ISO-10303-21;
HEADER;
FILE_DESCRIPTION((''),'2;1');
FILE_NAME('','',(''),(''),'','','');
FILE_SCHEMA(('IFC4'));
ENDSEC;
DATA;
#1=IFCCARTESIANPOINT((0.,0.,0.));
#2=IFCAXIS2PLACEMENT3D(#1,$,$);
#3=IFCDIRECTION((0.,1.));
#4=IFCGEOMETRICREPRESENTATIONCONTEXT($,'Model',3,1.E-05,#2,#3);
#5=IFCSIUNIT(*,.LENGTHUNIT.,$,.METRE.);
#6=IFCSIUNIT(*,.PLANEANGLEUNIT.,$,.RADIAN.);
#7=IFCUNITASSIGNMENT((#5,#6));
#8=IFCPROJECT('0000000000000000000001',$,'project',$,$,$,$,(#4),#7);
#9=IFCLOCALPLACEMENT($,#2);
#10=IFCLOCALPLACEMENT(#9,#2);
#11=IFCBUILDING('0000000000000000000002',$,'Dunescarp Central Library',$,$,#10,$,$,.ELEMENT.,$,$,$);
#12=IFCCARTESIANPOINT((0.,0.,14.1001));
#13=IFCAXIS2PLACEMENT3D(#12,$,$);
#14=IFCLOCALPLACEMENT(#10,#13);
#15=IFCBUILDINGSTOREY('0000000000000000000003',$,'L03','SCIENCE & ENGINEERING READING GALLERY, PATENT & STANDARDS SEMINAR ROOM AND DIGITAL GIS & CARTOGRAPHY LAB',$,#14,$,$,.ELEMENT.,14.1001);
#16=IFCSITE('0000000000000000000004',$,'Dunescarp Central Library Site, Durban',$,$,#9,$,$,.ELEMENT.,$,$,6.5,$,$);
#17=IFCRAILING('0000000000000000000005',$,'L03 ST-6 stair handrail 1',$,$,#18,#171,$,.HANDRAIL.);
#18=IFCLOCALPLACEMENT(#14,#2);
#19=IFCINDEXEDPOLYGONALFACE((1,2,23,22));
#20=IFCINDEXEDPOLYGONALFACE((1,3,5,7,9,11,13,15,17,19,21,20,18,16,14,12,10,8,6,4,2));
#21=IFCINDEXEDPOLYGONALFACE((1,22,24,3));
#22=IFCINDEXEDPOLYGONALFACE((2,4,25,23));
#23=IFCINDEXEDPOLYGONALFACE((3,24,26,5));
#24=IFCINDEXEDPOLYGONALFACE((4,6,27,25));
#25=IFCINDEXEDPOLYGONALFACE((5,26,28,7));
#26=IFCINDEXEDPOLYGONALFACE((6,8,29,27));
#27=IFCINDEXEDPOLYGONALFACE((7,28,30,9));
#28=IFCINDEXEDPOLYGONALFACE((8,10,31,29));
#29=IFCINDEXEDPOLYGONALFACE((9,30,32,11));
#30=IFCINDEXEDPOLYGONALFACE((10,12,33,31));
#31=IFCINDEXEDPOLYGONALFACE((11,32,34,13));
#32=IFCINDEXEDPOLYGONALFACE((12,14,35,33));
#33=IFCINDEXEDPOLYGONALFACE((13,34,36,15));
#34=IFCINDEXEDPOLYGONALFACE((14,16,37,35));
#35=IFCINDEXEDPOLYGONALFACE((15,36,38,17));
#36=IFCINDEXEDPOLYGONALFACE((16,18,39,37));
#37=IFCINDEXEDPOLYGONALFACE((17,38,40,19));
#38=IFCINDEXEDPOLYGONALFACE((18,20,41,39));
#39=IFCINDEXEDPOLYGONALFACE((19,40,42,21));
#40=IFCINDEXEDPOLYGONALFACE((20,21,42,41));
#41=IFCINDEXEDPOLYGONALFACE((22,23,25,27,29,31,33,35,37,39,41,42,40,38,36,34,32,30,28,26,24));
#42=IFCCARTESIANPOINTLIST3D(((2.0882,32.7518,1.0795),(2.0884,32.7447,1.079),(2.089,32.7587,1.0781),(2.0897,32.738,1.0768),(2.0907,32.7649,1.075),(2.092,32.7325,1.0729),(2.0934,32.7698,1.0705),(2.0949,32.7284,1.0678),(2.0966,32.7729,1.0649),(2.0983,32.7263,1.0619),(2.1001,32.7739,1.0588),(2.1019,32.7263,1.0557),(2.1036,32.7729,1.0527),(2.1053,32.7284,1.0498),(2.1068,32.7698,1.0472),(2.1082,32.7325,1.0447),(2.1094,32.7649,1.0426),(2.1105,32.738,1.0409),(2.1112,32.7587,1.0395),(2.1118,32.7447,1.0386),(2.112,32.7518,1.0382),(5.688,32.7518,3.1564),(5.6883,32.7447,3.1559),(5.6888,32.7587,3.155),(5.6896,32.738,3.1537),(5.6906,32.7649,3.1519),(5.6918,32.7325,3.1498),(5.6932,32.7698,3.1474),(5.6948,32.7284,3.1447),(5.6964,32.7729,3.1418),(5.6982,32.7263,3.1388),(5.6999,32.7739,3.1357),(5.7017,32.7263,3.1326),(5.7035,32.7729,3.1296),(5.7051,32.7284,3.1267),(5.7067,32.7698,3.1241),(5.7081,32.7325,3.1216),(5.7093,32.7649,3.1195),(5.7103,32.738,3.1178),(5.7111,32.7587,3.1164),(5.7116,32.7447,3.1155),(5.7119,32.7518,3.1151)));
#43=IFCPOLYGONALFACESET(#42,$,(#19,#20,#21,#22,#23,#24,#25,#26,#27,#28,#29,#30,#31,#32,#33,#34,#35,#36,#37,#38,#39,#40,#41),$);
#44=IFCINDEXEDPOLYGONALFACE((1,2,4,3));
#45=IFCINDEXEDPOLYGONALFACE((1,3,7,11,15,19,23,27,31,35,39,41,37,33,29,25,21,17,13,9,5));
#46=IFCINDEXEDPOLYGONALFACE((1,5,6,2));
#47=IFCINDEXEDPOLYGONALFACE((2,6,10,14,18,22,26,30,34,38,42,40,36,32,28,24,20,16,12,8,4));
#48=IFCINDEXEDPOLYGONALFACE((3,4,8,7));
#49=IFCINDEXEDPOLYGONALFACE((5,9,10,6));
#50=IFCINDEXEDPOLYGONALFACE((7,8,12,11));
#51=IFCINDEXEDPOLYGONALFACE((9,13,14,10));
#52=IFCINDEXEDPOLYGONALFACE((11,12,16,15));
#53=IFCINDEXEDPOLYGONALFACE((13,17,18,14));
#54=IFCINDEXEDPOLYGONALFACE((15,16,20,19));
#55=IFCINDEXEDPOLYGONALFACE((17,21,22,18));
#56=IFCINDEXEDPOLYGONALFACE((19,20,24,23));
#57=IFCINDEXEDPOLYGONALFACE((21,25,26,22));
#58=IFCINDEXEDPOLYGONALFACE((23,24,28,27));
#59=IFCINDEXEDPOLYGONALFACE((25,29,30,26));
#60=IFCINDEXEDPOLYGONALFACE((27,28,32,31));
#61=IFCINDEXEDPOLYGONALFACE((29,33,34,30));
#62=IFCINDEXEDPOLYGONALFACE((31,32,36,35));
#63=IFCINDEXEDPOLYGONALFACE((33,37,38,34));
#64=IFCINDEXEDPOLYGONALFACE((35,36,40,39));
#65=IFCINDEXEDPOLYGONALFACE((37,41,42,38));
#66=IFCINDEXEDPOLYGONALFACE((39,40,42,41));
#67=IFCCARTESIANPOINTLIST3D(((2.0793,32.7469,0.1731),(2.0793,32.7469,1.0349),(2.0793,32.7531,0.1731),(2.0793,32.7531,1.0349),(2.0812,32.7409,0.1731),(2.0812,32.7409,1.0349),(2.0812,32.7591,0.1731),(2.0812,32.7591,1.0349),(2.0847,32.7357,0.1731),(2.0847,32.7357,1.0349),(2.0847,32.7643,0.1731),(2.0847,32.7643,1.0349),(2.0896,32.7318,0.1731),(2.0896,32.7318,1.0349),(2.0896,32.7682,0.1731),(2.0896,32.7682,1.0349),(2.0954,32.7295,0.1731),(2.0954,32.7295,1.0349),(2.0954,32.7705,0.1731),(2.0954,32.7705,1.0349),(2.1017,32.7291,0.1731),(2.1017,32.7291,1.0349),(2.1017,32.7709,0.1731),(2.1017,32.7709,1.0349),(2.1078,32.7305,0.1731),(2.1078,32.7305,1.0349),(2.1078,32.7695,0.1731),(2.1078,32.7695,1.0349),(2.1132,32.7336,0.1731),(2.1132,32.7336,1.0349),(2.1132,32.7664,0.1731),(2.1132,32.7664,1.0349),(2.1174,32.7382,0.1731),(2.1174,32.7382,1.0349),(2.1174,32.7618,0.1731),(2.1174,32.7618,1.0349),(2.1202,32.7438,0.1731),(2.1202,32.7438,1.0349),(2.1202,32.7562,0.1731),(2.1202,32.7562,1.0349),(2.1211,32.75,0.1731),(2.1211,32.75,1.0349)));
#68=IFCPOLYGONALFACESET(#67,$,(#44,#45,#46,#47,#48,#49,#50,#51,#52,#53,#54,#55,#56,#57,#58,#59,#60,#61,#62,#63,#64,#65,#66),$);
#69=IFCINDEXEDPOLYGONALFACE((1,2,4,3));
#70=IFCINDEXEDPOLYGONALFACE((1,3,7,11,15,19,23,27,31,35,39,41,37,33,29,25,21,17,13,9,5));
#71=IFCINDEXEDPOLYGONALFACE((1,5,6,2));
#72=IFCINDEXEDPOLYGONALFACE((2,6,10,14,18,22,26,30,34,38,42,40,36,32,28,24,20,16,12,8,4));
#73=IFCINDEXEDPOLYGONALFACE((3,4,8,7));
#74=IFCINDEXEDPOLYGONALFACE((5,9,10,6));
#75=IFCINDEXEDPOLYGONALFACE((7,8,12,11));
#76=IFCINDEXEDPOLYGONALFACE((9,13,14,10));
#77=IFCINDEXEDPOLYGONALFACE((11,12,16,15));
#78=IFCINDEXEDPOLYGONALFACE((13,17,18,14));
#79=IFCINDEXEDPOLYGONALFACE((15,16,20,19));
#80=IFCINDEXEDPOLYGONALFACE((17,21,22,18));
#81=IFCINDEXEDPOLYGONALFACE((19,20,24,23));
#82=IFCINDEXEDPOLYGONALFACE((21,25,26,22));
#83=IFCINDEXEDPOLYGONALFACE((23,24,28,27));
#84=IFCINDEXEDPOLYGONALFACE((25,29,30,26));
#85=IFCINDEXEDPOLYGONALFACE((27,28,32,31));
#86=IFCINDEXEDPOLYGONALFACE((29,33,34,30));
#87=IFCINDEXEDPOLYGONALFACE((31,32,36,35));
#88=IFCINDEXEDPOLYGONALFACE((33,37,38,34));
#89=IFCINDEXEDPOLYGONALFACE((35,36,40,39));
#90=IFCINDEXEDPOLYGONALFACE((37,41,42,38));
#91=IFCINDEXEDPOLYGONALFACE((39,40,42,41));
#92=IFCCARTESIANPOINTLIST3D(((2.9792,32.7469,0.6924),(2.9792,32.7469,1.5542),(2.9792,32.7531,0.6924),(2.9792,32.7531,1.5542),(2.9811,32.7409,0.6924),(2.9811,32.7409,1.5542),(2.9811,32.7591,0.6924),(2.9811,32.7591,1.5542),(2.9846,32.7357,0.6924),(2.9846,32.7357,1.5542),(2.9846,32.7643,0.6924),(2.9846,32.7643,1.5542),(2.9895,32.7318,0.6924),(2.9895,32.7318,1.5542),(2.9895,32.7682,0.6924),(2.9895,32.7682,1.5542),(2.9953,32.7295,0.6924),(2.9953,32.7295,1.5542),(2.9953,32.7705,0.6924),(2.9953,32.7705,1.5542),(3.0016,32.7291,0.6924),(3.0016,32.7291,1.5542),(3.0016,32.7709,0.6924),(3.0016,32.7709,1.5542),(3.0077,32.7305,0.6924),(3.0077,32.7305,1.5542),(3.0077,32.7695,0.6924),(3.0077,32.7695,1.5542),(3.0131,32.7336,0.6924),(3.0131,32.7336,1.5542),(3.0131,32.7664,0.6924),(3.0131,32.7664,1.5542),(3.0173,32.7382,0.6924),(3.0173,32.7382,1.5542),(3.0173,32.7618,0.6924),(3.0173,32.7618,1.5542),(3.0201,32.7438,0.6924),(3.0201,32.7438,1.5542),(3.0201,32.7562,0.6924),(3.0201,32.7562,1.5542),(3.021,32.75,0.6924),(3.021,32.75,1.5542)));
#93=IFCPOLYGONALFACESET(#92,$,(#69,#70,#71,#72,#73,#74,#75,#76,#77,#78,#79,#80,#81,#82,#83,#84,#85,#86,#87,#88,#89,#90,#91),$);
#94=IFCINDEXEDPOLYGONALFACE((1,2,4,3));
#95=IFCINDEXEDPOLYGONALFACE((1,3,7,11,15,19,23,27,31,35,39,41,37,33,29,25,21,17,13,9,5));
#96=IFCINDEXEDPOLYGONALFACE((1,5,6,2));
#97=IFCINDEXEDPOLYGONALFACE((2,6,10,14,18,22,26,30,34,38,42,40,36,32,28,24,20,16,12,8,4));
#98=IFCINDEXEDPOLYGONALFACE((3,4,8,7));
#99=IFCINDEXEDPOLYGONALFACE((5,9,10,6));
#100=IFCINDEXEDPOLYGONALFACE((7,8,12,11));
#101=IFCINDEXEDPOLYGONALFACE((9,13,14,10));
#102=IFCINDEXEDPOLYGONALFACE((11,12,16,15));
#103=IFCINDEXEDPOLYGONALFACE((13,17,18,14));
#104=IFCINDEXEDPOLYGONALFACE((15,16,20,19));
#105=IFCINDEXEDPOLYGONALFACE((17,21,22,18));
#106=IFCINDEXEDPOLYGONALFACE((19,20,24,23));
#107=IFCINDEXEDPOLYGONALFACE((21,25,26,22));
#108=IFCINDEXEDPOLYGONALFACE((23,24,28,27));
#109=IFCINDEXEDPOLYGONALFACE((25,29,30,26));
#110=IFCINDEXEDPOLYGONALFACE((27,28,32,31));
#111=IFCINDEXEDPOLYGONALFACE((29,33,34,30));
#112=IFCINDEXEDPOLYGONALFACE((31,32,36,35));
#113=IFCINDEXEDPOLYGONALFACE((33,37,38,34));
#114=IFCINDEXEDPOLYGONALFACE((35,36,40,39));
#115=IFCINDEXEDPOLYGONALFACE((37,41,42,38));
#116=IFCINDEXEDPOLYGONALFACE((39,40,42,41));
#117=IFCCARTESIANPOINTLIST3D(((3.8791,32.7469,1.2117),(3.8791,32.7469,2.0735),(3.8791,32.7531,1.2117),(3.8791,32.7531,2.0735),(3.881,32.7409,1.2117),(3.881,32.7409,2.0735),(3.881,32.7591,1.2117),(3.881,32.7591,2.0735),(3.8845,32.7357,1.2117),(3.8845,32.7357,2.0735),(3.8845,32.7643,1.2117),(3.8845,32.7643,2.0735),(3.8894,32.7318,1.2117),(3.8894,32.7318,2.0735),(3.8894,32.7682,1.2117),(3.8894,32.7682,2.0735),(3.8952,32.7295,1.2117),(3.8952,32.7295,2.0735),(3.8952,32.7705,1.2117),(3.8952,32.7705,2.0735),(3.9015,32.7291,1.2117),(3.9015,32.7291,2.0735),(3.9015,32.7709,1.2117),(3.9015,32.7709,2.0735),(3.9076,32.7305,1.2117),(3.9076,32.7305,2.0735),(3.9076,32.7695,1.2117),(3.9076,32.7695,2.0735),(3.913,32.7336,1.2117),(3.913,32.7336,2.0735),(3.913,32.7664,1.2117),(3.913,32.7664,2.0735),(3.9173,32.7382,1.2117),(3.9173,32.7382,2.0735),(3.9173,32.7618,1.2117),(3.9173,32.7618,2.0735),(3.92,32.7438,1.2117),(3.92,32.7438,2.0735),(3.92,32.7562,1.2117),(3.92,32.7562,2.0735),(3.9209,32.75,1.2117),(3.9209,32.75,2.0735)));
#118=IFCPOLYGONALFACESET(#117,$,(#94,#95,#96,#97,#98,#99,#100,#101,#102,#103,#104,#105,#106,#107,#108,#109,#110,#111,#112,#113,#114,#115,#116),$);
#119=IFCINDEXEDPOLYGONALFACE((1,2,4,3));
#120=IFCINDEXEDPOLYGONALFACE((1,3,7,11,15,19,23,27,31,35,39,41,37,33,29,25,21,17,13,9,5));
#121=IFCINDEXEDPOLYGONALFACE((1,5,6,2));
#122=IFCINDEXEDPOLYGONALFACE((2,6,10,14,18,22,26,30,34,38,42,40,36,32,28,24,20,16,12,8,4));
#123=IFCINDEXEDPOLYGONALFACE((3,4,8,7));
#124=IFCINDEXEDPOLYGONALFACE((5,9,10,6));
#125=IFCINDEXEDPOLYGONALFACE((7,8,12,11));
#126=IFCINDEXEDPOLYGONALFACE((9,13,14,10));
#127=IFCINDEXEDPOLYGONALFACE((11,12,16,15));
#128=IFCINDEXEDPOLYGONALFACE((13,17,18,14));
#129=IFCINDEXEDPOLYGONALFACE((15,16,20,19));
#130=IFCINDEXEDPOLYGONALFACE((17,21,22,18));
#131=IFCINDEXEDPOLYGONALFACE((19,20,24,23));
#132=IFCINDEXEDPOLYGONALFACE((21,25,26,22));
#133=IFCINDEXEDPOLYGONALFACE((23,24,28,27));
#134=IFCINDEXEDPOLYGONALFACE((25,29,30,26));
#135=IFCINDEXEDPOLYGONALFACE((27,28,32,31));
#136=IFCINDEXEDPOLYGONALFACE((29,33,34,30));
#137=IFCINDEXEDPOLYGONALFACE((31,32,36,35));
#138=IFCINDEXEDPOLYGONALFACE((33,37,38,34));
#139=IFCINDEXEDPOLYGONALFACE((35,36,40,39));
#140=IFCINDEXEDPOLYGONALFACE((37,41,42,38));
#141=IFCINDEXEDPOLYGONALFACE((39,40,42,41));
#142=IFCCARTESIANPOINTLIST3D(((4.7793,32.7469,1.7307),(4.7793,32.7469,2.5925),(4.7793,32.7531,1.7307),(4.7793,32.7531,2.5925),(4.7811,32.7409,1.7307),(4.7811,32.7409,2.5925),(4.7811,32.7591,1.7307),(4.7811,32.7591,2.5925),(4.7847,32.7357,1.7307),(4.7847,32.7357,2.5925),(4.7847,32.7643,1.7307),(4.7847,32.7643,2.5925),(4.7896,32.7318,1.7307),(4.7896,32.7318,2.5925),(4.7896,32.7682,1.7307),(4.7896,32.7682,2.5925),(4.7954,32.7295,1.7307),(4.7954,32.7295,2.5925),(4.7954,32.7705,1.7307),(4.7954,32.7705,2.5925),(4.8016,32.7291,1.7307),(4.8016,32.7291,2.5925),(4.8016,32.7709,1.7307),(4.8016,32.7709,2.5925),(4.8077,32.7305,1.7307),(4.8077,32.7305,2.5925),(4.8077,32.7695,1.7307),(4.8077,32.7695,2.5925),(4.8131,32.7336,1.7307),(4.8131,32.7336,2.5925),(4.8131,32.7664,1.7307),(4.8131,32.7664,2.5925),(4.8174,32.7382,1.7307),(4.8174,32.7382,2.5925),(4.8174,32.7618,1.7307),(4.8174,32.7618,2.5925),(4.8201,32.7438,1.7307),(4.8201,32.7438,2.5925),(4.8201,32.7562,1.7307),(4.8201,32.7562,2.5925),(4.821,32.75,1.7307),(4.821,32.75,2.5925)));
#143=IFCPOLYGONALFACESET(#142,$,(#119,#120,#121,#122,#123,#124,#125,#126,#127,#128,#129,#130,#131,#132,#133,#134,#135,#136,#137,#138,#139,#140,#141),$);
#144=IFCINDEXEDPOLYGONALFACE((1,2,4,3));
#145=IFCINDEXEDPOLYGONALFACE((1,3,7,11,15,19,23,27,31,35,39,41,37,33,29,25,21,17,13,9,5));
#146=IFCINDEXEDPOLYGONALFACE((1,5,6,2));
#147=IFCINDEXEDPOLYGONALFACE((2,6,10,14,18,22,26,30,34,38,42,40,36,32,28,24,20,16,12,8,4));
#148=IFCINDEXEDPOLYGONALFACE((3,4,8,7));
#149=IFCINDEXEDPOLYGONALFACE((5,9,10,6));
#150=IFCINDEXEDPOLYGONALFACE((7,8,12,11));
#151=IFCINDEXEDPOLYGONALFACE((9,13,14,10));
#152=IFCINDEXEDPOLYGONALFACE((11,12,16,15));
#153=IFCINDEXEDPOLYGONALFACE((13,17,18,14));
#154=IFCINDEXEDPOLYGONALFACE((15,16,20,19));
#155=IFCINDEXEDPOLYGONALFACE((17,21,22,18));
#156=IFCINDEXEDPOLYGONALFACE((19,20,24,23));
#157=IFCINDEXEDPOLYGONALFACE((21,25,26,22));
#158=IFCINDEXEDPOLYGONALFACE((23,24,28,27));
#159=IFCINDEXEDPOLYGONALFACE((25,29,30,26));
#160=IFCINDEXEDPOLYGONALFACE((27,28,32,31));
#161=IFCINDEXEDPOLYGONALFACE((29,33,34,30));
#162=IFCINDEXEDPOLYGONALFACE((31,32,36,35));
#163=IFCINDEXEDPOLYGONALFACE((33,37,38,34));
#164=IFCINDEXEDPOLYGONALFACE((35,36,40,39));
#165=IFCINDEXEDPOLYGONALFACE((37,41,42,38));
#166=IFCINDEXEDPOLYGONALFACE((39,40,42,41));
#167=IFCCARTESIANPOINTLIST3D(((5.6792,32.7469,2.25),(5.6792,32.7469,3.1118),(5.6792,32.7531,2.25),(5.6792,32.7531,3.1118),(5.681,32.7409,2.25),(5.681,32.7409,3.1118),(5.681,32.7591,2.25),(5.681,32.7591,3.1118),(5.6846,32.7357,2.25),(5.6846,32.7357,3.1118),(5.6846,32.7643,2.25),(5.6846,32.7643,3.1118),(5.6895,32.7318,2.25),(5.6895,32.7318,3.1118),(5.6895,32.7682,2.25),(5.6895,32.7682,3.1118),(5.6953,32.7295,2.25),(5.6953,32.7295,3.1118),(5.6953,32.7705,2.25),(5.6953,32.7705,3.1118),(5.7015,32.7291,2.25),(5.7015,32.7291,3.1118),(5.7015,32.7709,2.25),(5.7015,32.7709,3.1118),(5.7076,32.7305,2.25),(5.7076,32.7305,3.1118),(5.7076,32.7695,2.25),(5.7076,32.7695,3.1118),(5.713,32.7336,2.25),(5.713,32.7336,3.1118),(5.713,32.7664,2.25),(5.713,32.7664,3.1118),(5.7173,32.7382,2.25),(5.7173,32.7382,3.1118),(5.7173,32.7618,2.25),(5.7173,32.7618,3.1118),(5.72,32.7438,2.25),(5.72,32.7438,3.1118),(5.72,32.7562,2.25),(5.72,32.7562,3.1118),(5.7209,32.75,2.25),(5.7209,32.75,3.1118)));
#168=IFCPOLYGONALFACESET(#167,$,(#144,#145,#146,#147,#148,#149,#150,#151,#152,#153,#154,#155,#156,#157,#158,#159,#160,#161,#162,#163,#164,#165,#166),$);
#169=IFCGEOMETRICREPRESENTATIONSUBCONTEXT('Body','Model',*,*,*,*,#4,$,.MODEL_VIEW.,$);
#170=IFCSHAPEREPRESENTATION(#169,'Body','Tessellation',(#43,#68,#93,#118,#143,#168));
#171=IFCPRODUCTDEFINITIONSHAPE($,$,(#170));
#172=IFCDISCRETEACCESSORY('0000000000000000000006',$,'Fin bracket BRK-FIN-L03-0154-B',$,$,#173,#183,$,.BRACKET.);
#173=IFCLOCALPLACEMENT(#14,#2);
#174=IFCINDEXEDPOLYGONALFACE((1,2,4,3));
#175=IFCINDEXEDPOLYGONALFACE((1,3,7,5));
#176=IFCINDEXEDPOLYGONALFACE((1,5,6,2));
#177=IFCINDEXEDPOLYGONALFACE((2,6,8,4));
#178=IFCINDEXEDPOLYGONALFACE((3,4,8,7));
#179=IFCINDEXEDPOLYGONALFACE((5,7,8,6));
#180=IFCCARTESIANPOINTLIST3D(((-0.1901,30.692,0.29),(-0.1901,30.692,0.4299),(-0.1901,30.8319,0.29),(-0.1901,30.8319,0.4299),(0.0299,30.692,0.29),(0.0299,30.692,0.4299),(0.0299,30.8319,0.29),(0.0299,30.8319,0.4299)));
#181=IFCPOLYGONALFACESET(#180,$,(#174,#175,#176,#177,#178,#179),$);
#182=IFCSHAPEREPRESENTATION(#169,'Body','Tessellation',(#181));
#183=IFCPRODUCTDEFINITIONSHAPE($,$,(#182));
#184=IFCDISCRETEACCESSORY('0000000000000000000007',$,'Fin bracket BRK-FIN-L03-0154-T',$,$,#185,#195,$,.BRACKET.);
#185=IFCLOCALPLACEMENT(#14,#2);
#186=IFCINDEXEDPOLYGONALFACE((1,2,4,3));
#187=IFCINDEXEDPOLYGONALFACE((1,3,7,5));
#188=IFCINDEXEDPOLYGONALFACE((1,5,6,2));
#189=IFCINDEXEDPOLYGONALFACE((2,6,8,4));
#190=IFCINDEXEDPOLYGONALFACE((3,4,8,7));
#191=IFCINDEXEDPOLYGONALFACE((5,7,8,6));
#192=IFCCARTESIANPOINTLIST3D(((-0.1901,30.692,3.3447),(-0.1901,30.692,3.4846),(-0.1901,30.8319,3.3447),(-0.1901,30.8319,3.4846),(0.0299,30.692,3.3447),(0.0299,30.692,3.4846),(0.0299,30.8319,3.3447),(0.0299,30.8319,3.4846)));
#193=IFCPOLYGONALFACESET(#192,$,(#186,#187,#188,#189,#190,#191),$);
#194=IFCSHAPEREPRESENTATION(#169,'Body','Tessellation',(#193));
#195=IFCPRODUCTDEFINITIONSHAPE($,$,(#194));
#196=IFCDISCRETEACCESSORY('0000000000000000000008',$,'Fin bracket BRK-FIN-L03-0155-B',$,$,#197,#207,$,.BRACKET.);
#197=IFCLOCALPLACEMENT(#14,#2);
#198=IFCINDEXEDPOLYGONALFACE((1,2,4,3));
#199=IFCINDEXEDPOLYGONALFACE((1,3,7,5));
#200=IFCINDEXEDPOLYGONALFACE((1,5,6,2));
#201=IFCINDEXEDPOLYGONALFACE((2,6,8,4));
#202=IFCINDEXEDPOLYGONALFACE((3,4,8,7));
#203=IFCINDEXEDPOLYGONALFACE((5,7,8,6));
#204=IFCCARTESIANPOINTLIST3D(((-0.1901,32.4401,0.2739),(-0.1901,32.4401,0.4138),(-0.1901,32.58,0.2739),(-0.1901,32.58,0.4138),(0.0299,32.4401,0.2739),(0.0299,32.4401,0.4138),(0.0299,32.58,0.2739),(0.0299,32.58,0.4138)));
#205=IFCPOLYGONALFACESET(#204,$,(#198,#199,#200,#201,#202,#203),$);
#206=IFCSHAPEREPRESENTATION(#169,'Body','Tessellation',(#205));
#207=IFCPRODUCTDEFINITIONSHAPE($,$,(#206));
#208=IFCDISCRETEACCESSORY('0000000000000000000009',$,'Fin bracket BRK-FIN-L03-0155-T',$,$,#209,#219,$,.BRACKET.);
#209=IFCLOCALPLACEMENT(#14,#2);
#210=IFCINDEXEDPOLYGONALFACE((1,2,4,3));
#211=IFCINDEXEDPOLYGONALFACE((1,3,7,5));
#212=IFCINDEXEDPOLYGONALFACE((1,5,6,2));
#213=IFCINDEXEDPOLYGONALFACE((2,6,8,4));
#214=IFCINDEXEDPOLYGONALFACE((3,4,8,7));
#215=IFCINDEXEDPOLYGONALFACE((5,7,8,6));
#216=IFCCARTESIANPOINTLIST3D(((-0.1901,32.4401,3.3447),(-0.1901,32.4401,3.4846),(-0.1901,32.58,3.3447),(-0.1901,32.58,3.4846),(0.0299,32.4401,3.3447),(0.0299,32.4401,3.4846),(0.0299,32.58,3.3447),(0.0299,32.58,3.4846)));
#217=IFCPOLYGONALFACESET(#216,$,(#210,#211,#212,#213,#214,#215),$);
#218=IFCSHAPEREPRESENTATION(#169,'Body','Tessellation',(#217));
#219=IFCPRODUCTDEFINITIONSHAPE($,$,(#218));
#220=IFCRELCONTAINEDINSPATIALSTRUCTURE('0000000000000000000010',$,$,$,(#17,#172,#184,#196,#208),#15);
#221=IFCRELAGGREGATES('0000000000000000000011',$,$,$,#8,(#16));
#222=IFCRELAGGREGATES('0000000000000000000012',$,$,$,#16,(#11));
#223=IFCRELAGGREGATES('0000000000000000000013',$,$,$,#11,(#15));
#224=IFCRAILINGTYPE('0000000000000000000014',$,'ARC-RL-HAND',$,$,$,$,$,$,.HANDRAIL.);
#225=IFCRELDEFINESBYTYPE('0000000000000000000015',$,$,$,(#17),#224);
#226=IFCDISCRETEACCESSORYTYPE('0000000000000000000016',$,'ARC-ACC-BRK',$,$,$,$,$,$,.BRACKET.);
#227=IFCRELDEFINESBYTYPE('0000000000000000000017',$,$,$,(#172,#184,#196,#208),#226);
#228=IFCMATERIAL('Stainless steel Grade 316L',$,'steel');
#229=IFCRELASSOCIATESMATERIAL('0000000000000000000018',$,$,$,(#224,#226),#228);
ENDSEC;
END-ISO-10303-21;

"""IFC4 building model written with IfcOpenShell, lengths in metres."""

from ifc_helpers import new_model, si_unit, direction, frame, origin, origin_2d, place, context, subcontext, project, spatial, rectangle, circle, extrude, material, type_object, element, save


model = new_model("IFC4")

# Units and contexts
model_context = context("Model", 3, precision=1e-05, world=origin(), true_north=direction((0.0, 1.0)))
body_context = subcontext(model_context, "Body", "Model", "MODEL_VIEW")
ifc_project = project(units=[si_unit("LENGTHUNIT", "METRE"), si_unit("PLANEANGLEUNIT", "RADIAN")], contexts=[model_context])

# Site, building, storey
site_placement = place(None, origin())
site = spatial("IfcSite", under=ifc_project, at=site_placement, Name="Dunescarp Central Library Site, Durban", CompositionType="ELEMENT", RefElevation=6.5)
building_placement = place(site_placement, origin())
building = spatial("IfcBuilding", under=site, at=building_placement, Name="Dunescarp Central Library", CompositionType="ELEMENT")
storey_placement = place(building_placement, frame((0.0, 0.0, 14.1001)))
storey = spatial("IfcBuildingStorey", under=building, at=storey_placement, Name="L03", Description="SCIENCE & ENGINEERING READING GALLERY, PATENT & STANDARDS SEMINAR ROOM AND DIGITAL GIS & CARTOGRAPHY LAB", CompositionType="ELEMENT", Elevation=14.1001)

# Railing
ifc_material_1 = material(Name="Stainless steel Grade 316L", Category="steel")
railing_type_1 = type_object("IfcRailingType", Name="ARC-RL-HAND", PredefinedType="HANDRAIL", material=ifc_material_1)
railing_1_placement = place(storey_placement, frame((2.1001, 32.75, 0.1731)))
element("IfcRailing", 1, at=railing_1_placement, inside=storey, type_object=railing_type_1, Name="L03 ST-6 stair handrail 1", PredefinedType="HANDRAIL", context=body_context, shape_type="SweptSolid", body=[
    extrude(circle(Radius=0.0239, at=origin_2d()), frame((0.0, 0.0, 0.8857), z_axis=(0.866179, 0.0, 0.499734), x_axis=(0.0, 1.0, 0.0)), (0.0, 0.0, 1.0), 4.156),
    extrude(circle(Radius=0.021, at=origin_2d()), origin(), (0.0, 0.0, 1.0), 0.8618),
    extrude(circle(Radius=0.021, at=origin_2d()), frame((0.8999, 0.0, 0.5193)), (0.0, 0.0, 1.0), 0.8618),
    extrude(circle(Radius=0.021, at=origin_2d()), frame((1.7998, 0.0, 1.0386)), (0.0, 0.0, 1.0), 0.8618),
    extrude(circle(Radius=0.021, at=origin_2d()), frame((2.7, 0.0, 1.5576)), (0.0, 0.0, 1.0), 0.8618),
    extrude(circle(Radius=0.021, at=origin_2d()), frame((3.5999, 0.0, 2.0769)), (0.0, 0.0, 1.0), 0.8618),
])

# Discrete accessories
discrete_accessory_type = type_object("IfcDiscreteAccessoryType", Name="ARC-ACC-BRK", PredefinedType="BRACKET", material=ifc_material_1)
for number, where, z_axis, x_axis, name in (
    (2, (-0.0801, 30.762, 0.29), (0.0, 0.0, 1.0), (-1.0, 0.0, 0.0), "Fin bracket BRK-FIN-L03-0154-B"),
    (3, (-0.0801, 30.762, 3.3447), (0.0, 0.0, 1.0), (-1.0, 0.0, 0.0), "Fin bracket BRK-FIN-L03-0154-T"),
    (4, (-0.0801, 32.51, 0.2739), (0.0, 0.0, 1.0), (-1.0, 0.0, 0.0), "Fin bracket BRK-FIN-L03-0155-B"),
    (5, (-0.0801, 32.51, 3.3447), (0.0, 0.0, 1.0), (-1.0, 0.0, 0.0), "Fin bracket BRK-FIN-L03-0155-T"),
):
    element("IfcDiscreteAccessory", number, at=place(storey_placement, frame(where, z_axis=z_axis, x_axis=x_axis)), inside=storey, type_object=discrete_accessory_type, Name=name, PredefinedType="BRACKET", context=body_context, shape_type="SweptSolid", body=[
        extrude(rectangle(XDim=0.22, YDim=0.1399, at=origin_2d()), origin(), (0.0, 0.0, 1.0), 0.1399),
    ])

save(model, "model.ifc")
